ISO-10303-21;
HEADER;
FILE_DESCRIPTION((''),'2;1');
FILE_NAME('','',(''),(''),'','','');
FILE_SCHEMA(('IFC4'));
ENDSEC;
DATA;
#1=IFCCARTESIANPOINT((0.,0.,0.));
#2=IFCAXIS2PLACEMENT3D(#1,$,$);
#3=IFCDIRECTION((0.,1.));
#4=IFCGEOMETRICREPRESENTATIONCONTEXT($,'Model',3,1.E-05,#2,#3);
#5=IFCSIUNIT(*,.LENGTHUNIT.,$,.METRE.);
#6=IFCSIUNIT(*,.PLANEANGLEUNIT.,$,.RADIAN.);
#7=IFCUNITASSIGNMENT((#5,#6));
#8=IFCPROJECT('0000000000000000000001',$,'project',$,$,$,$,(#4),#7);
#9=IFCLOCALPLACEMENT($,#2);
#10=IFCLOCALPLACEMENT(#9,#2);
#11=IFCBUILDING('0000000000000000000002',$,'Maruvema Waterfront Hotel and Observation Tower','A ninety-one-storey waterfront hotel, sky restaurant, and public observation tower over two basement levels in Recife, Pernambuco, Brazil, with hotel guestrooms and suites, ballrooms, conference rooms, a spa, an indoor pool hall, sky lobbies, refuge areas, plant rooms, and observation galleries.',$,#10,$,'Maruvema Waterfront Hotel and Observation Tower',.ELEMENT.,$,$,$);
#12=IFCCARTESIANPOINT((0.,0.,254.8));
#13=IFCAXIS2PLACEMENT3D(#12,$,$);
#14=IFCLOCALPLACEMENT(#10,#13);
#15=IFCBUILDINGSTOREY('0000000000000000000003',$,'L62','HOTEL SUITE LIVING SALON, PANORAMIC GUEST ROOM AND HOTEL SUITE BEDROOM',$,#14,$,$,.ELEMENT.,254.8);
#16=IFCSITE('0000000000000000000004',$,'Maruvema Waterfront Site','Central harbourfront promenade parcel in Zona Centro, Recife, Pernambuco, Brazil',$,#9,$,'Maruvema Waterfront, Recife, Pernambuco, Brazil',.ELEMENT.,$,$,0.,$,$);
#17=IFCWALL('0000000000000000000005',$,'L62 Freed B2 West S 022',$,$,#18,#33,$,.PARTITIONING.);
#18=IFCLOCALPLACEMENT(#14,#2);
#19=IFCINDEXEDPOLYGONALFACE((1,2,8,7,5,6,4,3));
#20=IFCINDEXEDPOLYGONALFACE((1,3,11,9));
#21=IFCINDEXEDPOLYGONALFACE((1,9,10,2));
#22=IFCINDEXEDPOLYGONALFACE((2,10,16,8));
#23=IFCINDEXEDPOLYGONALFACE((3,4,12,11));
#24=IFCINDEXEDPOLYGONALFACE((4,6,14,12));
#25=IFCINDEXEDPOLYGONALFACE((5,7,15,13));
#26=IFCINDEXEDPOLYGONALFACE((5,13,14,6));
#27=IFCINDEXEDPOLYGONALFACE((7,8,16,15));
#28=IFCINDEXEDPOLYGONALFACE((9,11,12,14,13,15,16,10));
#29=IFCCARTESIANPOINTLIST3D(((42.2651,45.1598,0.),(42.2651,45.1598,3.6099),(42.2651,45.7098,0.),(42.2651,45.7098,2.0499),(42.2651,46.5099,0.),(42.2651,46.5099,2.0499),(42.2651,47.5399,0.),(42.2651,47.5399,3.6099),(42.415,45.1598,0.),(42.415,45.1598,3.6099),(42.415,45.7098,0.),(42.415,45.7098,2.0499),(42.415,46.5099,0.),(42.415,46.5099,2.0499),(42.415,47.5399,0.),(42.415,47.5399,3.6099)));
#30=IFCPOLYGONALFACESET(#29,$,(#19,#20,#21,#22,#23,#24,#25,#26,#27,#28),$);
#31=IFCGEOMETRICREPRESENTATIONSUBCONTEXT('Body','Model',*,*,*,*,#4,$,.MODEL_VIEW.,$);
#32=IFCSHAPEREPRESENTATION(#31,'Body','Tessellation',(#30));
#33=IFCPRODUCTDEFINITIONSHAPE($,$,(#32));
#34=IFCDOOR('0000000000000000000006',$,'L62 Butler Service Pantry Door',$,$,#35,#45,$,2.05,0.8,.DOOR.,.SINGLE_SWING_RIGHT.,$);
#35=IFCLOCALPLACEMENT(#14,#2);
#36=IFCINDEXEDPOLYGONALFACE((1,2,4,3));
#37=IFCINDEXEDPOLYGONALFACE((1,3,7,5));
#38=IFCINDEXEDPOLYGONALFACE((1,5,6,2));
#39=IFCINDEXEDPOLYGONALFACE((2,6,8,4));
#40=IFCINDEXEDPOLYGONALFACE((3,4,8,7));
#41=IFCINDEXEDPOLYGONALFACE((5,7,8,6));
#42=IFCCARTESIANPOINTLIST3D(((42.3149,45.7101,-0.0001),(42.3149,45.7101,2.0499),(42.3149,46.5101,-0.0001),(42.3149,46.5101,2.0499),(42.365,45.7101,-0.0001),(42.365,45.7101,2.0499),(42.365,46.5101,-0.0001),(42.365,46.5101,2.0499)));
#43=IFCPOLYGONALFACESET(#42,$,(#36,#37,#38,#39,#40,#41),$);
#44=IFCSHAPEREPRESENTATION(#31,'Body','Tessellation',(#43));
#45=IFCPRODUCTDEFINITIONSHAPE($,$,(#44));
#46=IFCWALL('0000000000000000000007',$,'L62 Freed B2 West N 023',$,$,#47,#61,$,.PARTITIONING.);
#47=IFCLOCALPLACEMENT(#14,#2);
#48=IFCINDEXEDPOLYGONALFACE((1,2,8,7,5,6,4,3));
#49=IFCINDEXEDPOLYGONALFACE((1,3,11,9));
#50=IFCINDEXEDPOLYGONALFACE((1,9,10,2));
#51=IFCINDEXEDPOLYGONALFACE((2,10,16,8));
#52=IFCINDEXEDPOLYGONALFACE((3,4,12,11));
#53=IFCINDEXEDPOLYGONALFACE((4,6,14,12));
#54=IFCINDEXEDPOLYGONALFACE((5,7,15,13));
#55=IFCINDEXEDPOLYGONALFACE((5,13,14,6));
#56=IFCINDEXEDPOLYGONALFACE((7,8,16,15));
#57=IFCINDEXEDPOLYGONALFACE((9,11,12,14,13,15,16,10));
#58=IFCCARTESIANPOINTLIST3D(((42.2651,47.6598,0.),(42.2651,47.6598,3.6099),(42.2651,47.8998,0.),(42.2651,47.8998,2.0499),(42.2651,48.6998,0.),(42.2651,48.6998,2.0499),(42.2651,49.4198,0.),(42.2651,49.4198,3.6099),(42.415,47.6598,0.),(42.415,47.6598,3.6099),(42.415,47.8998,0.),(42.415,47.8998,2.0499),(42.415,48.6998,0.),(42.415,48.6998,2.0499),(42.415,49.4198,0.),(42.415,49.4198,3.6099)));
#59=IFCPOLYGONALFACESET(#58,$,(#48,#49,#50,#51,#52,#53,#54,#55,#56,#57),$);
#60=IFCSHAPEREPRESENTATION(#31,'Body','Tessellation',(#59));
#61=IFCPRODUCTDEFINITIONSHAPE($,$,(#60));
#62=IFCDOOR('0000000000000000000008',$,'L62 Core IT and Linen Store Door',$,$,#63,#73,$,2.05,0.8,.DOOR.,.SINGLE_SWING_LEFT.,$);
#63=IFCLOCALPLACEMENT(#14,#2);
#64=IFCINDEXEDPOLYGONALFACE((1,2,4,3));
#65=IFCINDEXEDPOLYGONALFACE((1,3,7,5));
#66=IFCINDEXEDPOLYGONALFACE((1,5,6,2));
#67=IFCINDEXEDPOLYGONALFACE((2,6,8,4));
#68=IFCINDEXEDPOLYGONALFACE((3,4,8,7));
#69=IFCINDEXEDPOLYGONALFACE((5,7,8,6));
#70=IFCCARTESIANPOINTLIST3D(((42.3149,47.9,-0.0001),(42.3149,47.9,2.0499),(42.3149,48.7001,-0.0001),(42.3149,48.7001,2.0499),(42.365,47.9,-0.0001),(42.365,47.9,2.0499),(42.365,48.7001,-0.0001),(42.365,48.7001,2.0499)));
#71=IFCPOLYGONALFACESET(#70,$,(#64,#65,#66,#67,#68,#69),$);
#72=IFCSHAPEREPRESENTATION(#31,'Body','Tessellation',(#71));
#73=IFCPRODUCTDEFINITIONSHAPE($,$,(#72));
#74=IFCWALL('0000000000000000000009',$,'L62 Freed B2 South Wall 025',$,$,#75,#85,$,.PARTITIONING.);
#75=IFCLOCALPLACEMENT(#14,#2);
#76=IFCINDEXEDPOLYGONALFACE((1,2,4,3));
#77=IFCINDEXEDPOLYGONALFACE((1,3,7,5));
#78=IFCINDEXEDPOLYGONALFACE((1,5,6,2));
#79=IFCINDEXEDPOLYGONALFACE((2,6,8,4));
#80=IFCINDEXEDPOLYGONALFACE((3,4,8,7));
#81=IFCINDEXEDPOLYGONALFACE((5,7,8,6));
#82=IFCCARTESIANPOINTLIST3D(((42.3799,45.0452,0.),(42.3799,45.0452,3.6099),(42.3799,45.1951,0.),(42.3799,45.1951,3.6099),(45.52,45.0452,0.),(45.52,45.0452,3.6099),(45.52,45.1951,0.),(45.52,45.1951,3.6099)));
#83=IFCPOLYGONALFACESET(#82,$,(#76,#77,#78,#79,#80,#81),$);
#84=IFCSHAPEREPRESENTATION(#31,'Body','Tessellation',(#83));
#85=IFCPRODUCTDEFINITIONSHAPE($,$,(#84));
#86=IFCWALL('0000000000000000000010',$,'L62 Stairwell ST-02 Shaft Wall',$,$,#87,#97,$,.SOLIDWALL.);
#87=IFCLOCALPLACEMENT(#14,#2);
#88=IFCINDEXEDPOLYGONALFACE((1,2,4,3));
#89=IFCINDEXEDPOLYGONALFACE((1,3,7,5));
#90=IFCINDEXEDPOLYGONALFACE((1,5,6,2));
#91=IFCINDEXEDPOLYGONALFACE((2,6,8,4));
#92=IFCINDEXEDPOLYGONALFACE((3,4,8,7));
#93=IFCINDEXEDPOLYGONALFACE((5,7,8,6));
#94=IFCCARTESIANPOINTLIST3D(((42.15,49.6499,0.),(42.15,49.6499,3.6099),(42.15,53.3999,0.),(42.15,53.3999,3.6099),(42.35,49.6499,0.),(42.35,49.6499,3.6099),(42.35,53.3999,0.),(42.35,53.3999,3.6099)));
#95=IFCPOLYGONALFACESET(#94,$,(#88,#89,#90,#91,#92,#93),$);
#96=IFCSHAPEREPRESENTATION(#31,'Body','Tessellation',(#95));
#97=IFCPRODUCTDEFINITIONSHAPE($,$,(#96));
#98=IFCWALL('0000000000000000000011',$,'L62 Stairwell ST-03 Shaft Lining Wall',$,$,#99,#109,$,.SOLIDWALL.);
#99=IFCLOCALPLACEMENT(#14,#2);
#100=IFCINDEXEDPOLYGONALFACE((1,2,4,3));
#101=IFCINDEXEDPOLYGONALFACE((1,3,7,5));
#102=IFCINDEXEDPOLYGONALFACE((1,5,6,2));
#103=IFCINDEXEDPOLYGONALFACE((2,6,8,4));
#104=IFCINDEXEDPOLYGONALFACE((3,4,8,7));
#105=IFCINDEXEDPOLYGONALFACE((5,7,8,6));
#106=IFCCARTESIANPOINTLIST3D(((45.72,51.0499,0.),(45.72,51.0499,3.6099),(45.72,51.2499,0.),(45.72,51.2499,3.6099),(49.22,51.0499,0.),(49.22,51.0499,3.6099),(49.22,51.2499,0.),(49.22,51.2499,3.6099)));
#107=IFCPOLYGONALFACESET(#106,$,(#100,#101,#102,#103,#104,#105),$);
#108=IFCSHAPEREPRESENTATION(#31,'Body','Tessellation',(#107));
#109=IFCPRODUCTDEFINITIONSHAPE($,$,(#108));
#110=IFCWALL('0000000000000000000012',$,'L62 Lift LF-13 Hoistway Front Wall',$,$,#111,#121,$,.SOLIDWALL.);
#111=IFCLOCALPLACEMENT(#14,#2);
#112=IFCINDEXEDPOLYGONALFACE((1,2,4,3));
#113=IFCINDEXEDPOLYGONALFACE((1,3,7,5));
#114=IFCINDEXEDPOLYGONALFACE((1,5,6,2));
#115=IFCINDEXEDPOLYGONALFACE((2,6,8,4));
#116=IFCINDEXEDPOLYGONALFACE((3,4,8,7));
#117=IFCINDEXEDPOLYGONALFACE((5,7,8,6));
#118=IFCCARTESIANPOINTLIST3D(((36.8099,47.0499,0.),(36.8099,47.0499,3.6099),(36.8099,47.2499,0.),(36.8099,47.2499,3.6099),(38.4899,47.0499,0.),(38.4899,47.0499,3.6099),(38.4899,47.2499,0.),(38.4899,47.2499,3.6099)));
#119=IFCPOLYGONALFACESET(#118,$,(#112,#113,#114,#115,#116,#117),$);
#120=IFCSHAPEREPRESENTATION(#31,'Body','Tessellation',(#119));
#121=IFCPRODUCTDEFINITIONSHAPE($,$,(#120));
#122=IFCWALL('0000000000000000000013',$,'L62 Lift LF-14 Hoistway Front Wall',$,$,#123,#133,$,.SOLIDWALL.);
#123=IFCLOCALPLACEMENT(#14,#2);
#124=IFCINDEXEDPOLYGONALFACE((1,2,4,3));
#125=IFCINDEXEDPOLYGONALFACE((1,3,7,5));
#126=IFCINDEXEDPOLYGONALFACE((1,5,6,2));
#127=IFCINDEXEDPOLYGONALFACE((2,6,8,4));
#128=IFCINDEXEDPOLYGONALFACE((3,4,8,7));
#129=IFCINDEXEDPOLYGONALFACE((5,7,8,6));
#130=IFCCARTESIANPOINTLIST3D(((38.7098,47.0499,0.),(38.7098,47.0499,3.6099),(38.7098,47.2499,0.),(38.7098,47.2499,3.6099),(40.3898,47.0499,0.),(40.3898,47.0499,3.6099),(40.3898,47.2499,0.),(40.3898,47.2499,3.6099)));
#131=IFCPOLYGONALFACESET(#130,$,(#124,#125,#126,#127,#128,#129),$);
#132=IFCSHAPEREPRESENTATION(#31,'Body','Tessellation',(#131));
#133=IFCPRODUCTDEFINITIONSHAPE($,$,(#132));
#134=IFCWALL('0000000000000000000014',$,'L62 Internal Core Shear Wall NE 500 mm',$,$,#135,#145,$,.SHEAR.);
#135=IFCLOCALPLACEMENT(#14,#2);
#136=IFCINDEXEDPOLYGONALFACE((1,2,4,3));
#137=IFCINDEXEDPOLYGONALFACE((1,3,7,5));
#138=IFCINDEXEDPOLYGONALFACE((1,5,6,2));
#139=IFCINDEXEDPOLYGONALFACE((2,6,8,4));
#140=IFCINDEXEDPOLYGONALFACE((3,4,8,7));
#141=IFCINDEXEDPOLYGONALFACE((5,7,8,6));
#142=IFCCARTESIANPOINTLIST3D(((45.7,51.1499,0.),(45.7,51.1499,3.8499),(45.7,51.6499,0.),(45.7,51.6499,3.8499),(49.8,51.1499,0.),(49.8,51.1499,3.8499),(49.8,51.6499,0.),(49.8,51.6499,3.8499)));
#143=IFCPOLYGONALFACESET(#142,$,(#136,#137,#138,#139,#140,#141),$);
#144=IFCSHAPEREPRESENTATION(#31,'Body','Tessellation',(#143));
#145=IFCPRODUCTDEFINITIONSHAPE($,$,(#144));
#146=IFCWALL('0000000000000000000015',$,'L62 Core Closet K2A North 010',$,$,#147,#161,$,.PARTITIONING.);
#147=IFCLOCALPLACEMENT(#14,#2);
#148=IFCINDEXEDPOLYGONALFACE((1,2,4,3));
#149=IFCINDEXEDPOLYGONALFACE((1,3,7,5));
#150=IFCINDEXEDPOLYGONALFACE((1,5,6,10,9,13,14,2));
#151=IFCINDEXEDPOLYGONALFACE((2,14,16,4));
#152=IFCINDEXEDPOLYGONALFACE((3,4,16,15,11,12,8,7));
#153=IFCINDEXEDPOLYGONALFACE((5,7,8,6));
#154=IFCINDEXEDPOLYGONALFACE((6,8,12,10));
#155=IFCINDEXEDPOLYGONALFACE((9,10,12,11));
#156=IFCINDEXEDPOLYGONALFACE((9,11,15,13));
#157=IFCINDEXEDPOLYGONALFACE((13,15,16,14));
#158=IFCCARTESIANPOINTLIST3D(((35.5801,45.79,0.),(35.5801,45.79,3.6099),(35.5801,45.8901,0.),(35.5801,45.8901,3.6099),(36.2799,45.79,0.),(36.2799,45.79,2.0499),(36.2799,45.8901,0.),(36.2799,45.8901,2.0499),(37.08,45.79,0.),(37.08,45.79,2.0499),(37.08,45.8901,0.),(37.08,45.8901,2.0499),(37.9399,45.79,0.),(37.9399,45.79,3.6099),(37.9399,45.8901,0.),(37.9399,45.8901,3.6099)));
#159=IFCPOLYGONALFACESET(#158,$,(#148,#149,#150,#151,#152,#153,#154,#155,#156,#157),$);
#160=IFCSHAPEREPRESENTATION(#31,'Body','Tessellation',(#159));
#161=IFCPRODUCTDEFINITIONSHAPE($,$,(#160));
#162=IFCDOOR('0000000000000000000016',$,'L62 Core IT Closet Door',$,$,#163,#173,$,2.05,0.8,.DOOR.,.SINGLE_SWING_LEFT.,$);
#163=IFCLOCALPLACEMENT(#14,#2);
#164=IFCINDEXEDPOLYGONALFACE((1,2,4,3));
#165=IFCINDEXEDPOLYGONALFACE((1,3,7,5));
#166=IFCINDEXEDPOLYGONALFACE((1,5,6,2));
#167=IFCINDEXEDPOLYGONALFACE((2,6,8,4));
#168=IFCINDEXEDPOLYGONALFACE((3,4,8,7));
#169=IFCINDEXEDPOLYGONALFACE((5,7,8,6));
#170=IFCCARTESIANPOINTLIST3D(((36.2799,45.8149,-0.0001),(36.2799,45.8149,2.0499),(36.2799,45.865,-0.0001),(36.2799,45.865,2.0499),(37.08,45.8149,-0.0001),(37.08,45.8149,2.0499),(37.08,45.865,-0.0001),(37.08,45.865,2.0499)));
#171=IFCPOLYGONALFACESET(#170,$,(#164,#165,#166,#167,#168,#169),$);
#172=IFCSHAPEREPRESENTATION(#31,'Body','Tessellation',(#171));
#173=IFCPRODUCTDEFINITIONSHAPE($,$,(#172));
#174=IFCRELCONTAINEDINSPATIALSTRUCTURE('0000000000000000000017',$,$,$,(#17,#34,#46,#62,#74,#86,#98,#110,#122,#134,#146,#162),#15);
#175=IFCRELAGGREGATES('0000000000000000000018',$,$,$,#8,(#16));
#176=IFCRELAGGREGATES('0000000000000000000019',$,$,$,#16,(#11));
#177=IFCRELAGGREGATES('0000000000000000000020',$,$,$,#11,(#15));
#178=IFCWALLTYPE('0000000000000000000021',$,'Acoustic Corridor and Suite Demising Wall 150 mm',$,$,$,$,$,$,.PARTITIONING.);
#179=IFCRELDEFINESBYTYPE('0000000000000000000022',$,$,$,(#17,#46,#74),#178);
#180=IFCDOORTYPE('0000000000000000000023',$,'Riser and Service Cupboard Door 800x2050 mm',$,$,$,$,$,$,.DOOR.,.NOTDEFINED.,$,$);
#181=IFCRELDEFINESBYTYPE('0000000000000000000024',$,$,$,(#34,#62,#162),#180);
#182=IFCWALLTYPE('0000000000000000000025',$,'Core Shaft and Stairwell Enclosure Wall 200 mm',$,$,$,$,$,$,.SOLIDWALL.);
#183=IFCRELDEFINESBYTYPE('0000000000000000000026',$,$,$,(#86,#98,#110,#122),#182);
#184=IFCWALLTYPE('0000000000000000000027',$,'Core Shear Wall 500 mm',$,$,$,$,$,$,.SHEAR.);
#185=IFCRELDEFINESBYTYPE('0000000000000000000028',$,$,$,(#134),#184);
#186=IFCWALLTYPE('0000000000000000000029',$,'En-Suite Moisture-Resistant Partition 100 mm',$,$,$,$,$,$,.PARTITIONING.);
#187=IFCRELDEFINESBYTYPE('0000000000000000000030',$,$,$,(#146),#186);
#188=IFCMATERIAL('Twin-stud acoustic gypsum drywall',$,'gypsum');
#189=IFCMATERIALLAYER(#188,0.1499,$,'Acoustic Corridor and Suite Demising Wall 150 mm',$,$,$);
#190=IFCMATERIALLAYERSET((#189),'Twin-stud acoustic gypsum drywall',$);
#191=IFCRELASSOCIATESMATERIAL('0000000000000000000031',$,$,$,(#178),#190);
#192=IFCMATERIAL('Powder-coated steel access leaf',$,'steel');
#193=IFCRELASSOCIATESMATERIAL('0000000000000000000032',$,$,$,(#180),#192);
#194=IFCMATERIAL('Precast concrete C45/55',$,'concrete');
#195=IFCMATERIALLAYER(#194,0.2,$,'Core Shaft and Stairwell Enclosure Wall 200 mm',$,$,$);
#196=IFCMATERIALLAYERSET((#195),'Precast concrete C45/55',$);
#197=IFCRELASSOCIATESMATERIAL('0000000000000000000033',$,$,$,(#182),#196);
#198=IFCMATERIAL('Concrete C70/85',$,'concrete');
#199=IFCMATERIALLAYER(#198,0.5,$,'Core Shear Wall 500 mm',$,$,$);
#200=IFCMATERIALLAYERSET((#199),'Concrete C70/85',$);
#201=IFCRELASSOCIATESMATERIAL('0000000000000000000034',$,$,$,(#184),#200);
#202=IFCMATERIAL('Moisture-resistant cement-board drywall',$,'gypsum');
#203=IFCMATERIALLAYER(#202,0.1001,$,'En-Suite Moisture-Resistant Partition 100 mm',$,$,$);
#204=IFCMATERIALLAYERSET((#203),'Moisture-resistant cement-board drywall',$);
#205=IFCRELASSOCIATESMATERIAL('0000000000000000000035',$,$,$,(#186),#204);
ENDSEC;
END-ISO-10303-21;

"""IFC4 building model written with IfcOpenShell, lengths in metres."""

from ifc_helpers import new_model, si_unit, direction, frame, frame_2d, origin, place, context, subcontext, project, spatial, rectangle, extrude, material, layer, layer_set, type_object, element, fill, save


model = new_model("IFC4")

# Units and contexts
model_context = context("Model", 3, precision=1e-05, world=origin(), true_north=direction((0.0, 1.0)))
body_context = subcontext(model_context, "Body", "Model", "MODEL_VIEW")
ifc_project = project(units=[si_unit("LENGTHUNIT", "METRE"), si_unit("PLANEANGLEUNIT", "RADIAN")], contexts=[model_context])

# Site, building, storey
site_placement = place(None, origin())
site = spatial("IfcSite", under=ifc_project, at=site_placement, Name="Maruvema Waterfront Site", Description="Central harbourfront promenade parcel in Zona Centro, Recife, Pernambuco, Brazil", LongName="Maruvema Waterfront, Recife, Pernambuco, Brazil", CompositionType="ELEMENT", RefElevation=0.0)
building_placement = place(site_placement, origin())
building = spatial("IfcBuilding", under=site, at=building_placement, Name="Maruvema Waterfront Hotel and Observation Tower", Description="A ninety-one-storey waterfront hotel, sky restaurant, and public observation tower over two basement levels in Recife, Pernambuco, Brazil, with hotel guestrooms and suites, ballrooms, conference rooms, a spa, an indoor pool hall, sky lobbies, refuge areas, plant rooms, and observation galleries.", LongName="Maruvema Waterfront Hotel and Observation Tower", CompositionType="ELEMENT")
storey_placement = place(building_placement, frame((0.0, 0.0, 254.8)))
storey = spatial("IfcBuildingStorey", under=building, at=storey_placement, Name="L62", Description="HOTEL SUITE LIVING SALON, PANORAMIC GUEST ROOM AND HOTEL SUITE BEDROOM", CompositionType="ELEMENT", Elevation=254.8)

# Walls, openings, doors
ifc_material_1 = material(Name="Twin-stud acoustic gypsum drywall", Category="gypsum")
ifc_layer_1 = layer(ifc_material_1, 0.1499, Name="Acoustic Corridor and Suite Demising Wall 150 mm")
ifc_layer_set_1 = layer_set([ifc_layer_1], Name="Twin-stud acoustic gypsum drywall")
wall_type_1 = type_object("IfcWallType", Name="Acoustic Corridor and Suite Demising Wall 150 mm", PredefinedType="PARTITIONING", material=ifc_layer_set_1)
wall_1_placement = place(storey_placement, frame((42.3401, 45.1599, 0.0), z_axis=(0.0, 0.0, 1.0), x_axis=(0.0, 1.0, 0.0)))
wall_1 = element("IfcWall", 1, at=wall_1_placement, inside=storey, type_object=wall_type_1, Name="L62 Freed B2 West S 022", PredefinedType="PARTITIONING", context=body_context, shape_type="SweptSolid", body=[
    extrude(rectangle(XDim=2.3801, YDim=0.1499, at=frame_2d((1.1899, 0.0))), origin(), (0.0, 0.0, 1.0), 3.6099),
])
opening_1_placement = place(wall_1_placement, frame((0.55, 0.0, 0.0)))
opening_1 = element("IfcOpeningElement", 2, at=opening_1_placement, cuts=wall_1, PredefinedType="OPENING", context=body_context, shape_type="SweptSolid", body=[
    extrude(rectangle(XDim=0.8, YDim=2.05, at=frame_2d((0.3999, 1.0249))), frame((0.0, 0.085, 0.0), z_axis=(0.0, -1.0, 0.0), x_axis=(1.0, 0.0, 0.0)), (0.0, 0.0, 1.0), 0.1699),
])
ifc_material_2 = material(Name="Powder-coated steel access leaf", Category="steel")
door_type = type_object("IfcDoorType", Name="Riser and Service Cupboard Door 800x2050 mm", OperationType="NOTDEFINED", PredefinedType="DOOR", material=ifc_material_2)
door_1_placement = place(opening_1_placement, frame((0.8, 0.0, 0.0), z_axis=(0.0, 0.0, 1.0), x_axis=(-1.0, 0.0, 0.0)))
door_1 = element("IfcDoor", 3, at=door_1_placement, inside=storey, type_object=door_type, Name="L62 Butler Service Pantry Door", OperationType="SINGLE_SWING_RIGHT", OverallHeight=2.05, OverallWidth=0.8, PredefinedType="DOOR", context=body_context, shape_type="SweptSolid", body=[
    extrude(rectangle(XDim=0.8, YDim=2.05, at=frame_2d((0.3999, 1.0249))), frame((0.0, 0.0249, 0.0), z_axis=(0.0, -1.0, 0.0), x_axis=(1.0, 0.0, 0.0)), (0.0, 0.0, 1.0), 0.05),
])
fill(opening_1, door_1)
wall_2_placement = place(storey_placement, frame((42.3401, 47.6599, 0.0), z_axis=(0.0, 0.0, 1.0), x_axis=(0.0, 1.0, 0.0)))
wall_2 = element("IfcWall", 4, at=wall_2_placement, inside=storey, type_object=wall_type_1, Name="L62 Freed B2 West N 023", PredefinedType="PARTITIONING", context=body_context, shape_type="SweptSolid", body=[
    extrude(rectangle(XDim=1.76, YDim=0.1499, at=frame_2d((0.8799, 0.0))), origin(), (0.0, 0.0, 1.0), 3.6099),
])
opening_2_placement = place(wall_2_placement, frame((0.24, 0.0, 0.0)))
opening_2 = element("IfcOpeningElement", 5, at=opening_2_placement, cuts=wall_2, PredefinedType="OPENING", context=body_context, shape_type="SweptSolid", body=[
    extrude(rectangle(XDim=0.8, YDim=2.05, at=frame_2d((0.3999, 1.0249))), frame((0.0, 0.085, 0.0), z_axis=(0.0, -1.0, 0.0), x_axis=(1.0, 0.0, 0.0)), (0.0, 0.0, 1.0), 0.1699),
])
door_2_placement = place(opening_2_placement, frame((0.8, 0.0, 0.0), z_axis=(0.0, 0.0, 1.0), x_axis=(-1.0, 0.0, 0.0)))
door_2 = element("IfcDoor", 6, at=door_2_placement, inside=storey, type_object=door_type, Name="L62 Core IT and Linen Store Door", OperationType="SINGLE_SWING_LEFT", OverallHeight=2.05, OverallWidth=0.8, PredefinedType="DOOR", context=body_context, shape_type="SweptSolid", body=[
    extrude(rectangle(XDim=0.8, YDim=2.05, at=frame_2d((0.3999, 1.0249))), frame((0.0, 0.0249, 0.0), z_axis=(0.0, -1.0, 0.0), x_axis=(1.0, 0.0, 0.0)), (0.0, 0.0, 1.0), 0.05),
])
fill(opening_2, door_2)

# Walls
wall_3_placement = place(storey_placement, frame((42.3799, 45.1201, 0.0), z_axis=(0.0, 0.0, 1.0), x_axis=(1.0, 0.0, 0.0)))
element("IfcWall", 7, at=wall_3_placement, inside=storey, type_object=wall_type_1, Name="L62 Freed B2 South Wall 025", PredefinedType="PARTITIONING", context=body_context, shape_type="SweptSolid", body=[
    extrude(rectangle(XDim=3.1401, YDim=0.1499, at=frame_2d((1.5701, 0.0))), origin(), (0.0, 0.0, 1.0), 3.6099),
])
ifc_material_3 = material(Name="Precast concrete C45/55", Category="concrete")
ifc_layer_2 = layer(ifc_material_3, 0.2, Name="Core Shaft and Stairwell Enclosure Wall 200 mm")
ifc_layer_set_2 = layer_set([ifc_layer_2], Name="Precast concrete C45/55")
wall_type_2 = type_object("IfcWallType", Name="Core Shaft and Stairwell Enclosure Wall 200 mm", PredefinedType="SOLIDWALL", material=ifc_layer_set_2)
wall_4_placement = place(storey_placement, frame((42.25, 49.6499, 0.0), z_axis=(0.0, 0.0, 1.0), x_axis=(0.0, 1.0, 0.0)))
element("IfcWall", 8, at=wall_4_placement, inside=storey, type_object=wall_type_2, Name="L62 Stairwell ST-02 Shaft Wall", PredefinedType="SOLIDWALL", context=body_context, shape_type="SweptSolid", body=[
    extrude(rectangle(XDim=3.75, YDim=0.2, at=frame_2d((1.875, 0.0))), origin(), (0.0, 0.0, 1.0), 3.6099),
])
wall_5_placement = place(storey_placement, frame((45.72, 51.1499, 0.0), z_axis=(0.0, 0.0, 1.0), x_axis=(1.0, 0.0, 0.0)))
element("IfcWall", 9, at=wall_5_placement, inside=storey, type_object=wall_type_2, Name="L62 Stairwell ST-03 Shaft Lining Wall", PredefinedType="SOLIDWALL", context=body_context, shape_type="SweptSolid", body=[
    extrude(rectangle(XDim=3.5, YDim=0.2, at=frame_2d((1.75, 0.0))), origin(), (0.0, 0.0, 1.0), 3.6099),
])
for number, where, z_axis, x_axis, name in (
    (10, (36.8101, 47.1499, 0.0), (0.0, 0.0, 1.0), (1.0, 0.0, 0.0), "L62 Lift LF-13 Hoistway Front Wall"),
    (11, (38.71, 47.1499, 0.0), (0.0, 0.0, 1.0), (1.0, 0.0, 0.0), "L62 Lift LF-14 Hoistway Front Wall"),
):
    element("IfcWall", number, at=place(storey_placement, frame(where, z_axis=z_axis, x_axis=x_axis)), inside=storey, type_object=wall_type_2, Name=name, PredefinedType="SOLIDWALL", context=body_context, shape_type="SweptSolid", body=[
        extrude(rectangle(XDim=1.6799, YDim=0.2, at=frame_2d((0.8398, 0.0))), origin(), (0.0, 0.0, 1.0), 3.6099),
    ])
ifc_material_4 = material(Name="Concrete C70/85", Category="concrete")
ifc_layer_3 = layer(ifc_material_4, 0.5, Name="Core Shear Wall 500 mm")
ifc_layer_set_3 = layer_set([ifc_layer_3], Name="Concrete C70/85")
wall_type_3 = type_object("IfcWallType", Name="Core Shear Wall 500 mm", PredefinedType="SHEAR", material=ifc_layer_set_3)
wall_6_placement = place(storey_placement, frame((45.7, 51.3999, 0.0), z_axis=(0.0, 0.0, 1.0), x_axis=(1.0, 0.0, 0.0)))
element("IfcWall", 12, at=wall_6_placement, inside=storey, type_object=wall_type_3, Name="L62 Internal Core Shear Wall NE 500 mm", PredefinedType="SHEAR", context=body_context, shape_type="SweptSolid", body=[
    extrude(rectangle(XDim=4.1001, YDim=0.5, at=frame_2d((2.05, 0.0))), origin(), (0.0, 0.0, 1.0), 3.8499),
])

# Wall, opening, door
ifc_material_5 = material(Name="Moisture-resistant cement-board drywall", Category="gypsum")
ifc_layer_4 = layer(ifc_material_5, 0.1001, Name="En-Suite Moisture-Resistant Partition 100 mm")
ifc_layer_set_4 = layer_set([ifc_layer_4], Name="Moisture-resistant cement-board drywall")
wall_type_4 = type_object("IfcWallType", Name="En-Suite Moisture-Resistant Partition 100 mm", PredefinedType="PARTITIONING", material=ifc_layer_set_4)
wall_7_placement = place(storey_placement, frame((35.5801, 45.8401, 0.0), z_axis=(0.0, 0.0, 1.0), x_axis=(1.0, 0.0, 0.0)))
wall_7 = element("IfcWall", 13, at=wall_7_placement, inside=storey, type_object=wall_type_4, Name="L62 Core Closet K2A North 010", PredefinedType="PARTITIONING", context=body_context, shape_type="SweptSolid", body=[
    extrude(rectangle(XDim=2.3599, YDim=0.1001, at=frame_2d((1.1799, 0.0))), origin(), (0.0, 0.0, 1.0), 3.6099),
])
opening_3_placement = place(wall_7_placement, frame((0.7, 0.0, 0.0)))
opening_3 = element("IfcOpeningElement", 14, at=opening_3_placement, cuts=wall_7, PredefinedType="OPENING", context=body_context, shape_type="SweptSolid", body=[
    extrude(rectangle(XDim=0.8, YDim=2.05, at=frame_2d((0.3999, 1.0249))), frame((0.0, 0.0601, 0.0), z_axis=(0.0, -1.0, 0.0), x_axis=(1.0, 0.0, 0.0)), (0.0, 0.0, 1.0), 0.1201),
])
door_3_placement = place(opening_3_placement, origin())
door_3 = element("IfcDoor", 15, at=door_3_placement, inside=storey, type_object=door_type, Name="L62 Core IT Closet Door", OperationType="SINGLE_SWING_LEFT", OverallHeight=2.05, OverallWidth=0.8, PredefinedType="DOOR", context=body_context, shape_type="SweptSolid", body=[
    extrude(rectangle(XDim=0.8, YDim=2.05, at=frame_2d((0.3999, 1.0249))), frame((0.0, 0.0249, 0.0), z_axis=(0.0, -1.0, 0.0), x_axis=(1.0, 0.0, 0.0)), (0.0, 0.0, 1.0), 0.05),
])
fill(opening_3, door_3)

save(model, "model.ifc")
